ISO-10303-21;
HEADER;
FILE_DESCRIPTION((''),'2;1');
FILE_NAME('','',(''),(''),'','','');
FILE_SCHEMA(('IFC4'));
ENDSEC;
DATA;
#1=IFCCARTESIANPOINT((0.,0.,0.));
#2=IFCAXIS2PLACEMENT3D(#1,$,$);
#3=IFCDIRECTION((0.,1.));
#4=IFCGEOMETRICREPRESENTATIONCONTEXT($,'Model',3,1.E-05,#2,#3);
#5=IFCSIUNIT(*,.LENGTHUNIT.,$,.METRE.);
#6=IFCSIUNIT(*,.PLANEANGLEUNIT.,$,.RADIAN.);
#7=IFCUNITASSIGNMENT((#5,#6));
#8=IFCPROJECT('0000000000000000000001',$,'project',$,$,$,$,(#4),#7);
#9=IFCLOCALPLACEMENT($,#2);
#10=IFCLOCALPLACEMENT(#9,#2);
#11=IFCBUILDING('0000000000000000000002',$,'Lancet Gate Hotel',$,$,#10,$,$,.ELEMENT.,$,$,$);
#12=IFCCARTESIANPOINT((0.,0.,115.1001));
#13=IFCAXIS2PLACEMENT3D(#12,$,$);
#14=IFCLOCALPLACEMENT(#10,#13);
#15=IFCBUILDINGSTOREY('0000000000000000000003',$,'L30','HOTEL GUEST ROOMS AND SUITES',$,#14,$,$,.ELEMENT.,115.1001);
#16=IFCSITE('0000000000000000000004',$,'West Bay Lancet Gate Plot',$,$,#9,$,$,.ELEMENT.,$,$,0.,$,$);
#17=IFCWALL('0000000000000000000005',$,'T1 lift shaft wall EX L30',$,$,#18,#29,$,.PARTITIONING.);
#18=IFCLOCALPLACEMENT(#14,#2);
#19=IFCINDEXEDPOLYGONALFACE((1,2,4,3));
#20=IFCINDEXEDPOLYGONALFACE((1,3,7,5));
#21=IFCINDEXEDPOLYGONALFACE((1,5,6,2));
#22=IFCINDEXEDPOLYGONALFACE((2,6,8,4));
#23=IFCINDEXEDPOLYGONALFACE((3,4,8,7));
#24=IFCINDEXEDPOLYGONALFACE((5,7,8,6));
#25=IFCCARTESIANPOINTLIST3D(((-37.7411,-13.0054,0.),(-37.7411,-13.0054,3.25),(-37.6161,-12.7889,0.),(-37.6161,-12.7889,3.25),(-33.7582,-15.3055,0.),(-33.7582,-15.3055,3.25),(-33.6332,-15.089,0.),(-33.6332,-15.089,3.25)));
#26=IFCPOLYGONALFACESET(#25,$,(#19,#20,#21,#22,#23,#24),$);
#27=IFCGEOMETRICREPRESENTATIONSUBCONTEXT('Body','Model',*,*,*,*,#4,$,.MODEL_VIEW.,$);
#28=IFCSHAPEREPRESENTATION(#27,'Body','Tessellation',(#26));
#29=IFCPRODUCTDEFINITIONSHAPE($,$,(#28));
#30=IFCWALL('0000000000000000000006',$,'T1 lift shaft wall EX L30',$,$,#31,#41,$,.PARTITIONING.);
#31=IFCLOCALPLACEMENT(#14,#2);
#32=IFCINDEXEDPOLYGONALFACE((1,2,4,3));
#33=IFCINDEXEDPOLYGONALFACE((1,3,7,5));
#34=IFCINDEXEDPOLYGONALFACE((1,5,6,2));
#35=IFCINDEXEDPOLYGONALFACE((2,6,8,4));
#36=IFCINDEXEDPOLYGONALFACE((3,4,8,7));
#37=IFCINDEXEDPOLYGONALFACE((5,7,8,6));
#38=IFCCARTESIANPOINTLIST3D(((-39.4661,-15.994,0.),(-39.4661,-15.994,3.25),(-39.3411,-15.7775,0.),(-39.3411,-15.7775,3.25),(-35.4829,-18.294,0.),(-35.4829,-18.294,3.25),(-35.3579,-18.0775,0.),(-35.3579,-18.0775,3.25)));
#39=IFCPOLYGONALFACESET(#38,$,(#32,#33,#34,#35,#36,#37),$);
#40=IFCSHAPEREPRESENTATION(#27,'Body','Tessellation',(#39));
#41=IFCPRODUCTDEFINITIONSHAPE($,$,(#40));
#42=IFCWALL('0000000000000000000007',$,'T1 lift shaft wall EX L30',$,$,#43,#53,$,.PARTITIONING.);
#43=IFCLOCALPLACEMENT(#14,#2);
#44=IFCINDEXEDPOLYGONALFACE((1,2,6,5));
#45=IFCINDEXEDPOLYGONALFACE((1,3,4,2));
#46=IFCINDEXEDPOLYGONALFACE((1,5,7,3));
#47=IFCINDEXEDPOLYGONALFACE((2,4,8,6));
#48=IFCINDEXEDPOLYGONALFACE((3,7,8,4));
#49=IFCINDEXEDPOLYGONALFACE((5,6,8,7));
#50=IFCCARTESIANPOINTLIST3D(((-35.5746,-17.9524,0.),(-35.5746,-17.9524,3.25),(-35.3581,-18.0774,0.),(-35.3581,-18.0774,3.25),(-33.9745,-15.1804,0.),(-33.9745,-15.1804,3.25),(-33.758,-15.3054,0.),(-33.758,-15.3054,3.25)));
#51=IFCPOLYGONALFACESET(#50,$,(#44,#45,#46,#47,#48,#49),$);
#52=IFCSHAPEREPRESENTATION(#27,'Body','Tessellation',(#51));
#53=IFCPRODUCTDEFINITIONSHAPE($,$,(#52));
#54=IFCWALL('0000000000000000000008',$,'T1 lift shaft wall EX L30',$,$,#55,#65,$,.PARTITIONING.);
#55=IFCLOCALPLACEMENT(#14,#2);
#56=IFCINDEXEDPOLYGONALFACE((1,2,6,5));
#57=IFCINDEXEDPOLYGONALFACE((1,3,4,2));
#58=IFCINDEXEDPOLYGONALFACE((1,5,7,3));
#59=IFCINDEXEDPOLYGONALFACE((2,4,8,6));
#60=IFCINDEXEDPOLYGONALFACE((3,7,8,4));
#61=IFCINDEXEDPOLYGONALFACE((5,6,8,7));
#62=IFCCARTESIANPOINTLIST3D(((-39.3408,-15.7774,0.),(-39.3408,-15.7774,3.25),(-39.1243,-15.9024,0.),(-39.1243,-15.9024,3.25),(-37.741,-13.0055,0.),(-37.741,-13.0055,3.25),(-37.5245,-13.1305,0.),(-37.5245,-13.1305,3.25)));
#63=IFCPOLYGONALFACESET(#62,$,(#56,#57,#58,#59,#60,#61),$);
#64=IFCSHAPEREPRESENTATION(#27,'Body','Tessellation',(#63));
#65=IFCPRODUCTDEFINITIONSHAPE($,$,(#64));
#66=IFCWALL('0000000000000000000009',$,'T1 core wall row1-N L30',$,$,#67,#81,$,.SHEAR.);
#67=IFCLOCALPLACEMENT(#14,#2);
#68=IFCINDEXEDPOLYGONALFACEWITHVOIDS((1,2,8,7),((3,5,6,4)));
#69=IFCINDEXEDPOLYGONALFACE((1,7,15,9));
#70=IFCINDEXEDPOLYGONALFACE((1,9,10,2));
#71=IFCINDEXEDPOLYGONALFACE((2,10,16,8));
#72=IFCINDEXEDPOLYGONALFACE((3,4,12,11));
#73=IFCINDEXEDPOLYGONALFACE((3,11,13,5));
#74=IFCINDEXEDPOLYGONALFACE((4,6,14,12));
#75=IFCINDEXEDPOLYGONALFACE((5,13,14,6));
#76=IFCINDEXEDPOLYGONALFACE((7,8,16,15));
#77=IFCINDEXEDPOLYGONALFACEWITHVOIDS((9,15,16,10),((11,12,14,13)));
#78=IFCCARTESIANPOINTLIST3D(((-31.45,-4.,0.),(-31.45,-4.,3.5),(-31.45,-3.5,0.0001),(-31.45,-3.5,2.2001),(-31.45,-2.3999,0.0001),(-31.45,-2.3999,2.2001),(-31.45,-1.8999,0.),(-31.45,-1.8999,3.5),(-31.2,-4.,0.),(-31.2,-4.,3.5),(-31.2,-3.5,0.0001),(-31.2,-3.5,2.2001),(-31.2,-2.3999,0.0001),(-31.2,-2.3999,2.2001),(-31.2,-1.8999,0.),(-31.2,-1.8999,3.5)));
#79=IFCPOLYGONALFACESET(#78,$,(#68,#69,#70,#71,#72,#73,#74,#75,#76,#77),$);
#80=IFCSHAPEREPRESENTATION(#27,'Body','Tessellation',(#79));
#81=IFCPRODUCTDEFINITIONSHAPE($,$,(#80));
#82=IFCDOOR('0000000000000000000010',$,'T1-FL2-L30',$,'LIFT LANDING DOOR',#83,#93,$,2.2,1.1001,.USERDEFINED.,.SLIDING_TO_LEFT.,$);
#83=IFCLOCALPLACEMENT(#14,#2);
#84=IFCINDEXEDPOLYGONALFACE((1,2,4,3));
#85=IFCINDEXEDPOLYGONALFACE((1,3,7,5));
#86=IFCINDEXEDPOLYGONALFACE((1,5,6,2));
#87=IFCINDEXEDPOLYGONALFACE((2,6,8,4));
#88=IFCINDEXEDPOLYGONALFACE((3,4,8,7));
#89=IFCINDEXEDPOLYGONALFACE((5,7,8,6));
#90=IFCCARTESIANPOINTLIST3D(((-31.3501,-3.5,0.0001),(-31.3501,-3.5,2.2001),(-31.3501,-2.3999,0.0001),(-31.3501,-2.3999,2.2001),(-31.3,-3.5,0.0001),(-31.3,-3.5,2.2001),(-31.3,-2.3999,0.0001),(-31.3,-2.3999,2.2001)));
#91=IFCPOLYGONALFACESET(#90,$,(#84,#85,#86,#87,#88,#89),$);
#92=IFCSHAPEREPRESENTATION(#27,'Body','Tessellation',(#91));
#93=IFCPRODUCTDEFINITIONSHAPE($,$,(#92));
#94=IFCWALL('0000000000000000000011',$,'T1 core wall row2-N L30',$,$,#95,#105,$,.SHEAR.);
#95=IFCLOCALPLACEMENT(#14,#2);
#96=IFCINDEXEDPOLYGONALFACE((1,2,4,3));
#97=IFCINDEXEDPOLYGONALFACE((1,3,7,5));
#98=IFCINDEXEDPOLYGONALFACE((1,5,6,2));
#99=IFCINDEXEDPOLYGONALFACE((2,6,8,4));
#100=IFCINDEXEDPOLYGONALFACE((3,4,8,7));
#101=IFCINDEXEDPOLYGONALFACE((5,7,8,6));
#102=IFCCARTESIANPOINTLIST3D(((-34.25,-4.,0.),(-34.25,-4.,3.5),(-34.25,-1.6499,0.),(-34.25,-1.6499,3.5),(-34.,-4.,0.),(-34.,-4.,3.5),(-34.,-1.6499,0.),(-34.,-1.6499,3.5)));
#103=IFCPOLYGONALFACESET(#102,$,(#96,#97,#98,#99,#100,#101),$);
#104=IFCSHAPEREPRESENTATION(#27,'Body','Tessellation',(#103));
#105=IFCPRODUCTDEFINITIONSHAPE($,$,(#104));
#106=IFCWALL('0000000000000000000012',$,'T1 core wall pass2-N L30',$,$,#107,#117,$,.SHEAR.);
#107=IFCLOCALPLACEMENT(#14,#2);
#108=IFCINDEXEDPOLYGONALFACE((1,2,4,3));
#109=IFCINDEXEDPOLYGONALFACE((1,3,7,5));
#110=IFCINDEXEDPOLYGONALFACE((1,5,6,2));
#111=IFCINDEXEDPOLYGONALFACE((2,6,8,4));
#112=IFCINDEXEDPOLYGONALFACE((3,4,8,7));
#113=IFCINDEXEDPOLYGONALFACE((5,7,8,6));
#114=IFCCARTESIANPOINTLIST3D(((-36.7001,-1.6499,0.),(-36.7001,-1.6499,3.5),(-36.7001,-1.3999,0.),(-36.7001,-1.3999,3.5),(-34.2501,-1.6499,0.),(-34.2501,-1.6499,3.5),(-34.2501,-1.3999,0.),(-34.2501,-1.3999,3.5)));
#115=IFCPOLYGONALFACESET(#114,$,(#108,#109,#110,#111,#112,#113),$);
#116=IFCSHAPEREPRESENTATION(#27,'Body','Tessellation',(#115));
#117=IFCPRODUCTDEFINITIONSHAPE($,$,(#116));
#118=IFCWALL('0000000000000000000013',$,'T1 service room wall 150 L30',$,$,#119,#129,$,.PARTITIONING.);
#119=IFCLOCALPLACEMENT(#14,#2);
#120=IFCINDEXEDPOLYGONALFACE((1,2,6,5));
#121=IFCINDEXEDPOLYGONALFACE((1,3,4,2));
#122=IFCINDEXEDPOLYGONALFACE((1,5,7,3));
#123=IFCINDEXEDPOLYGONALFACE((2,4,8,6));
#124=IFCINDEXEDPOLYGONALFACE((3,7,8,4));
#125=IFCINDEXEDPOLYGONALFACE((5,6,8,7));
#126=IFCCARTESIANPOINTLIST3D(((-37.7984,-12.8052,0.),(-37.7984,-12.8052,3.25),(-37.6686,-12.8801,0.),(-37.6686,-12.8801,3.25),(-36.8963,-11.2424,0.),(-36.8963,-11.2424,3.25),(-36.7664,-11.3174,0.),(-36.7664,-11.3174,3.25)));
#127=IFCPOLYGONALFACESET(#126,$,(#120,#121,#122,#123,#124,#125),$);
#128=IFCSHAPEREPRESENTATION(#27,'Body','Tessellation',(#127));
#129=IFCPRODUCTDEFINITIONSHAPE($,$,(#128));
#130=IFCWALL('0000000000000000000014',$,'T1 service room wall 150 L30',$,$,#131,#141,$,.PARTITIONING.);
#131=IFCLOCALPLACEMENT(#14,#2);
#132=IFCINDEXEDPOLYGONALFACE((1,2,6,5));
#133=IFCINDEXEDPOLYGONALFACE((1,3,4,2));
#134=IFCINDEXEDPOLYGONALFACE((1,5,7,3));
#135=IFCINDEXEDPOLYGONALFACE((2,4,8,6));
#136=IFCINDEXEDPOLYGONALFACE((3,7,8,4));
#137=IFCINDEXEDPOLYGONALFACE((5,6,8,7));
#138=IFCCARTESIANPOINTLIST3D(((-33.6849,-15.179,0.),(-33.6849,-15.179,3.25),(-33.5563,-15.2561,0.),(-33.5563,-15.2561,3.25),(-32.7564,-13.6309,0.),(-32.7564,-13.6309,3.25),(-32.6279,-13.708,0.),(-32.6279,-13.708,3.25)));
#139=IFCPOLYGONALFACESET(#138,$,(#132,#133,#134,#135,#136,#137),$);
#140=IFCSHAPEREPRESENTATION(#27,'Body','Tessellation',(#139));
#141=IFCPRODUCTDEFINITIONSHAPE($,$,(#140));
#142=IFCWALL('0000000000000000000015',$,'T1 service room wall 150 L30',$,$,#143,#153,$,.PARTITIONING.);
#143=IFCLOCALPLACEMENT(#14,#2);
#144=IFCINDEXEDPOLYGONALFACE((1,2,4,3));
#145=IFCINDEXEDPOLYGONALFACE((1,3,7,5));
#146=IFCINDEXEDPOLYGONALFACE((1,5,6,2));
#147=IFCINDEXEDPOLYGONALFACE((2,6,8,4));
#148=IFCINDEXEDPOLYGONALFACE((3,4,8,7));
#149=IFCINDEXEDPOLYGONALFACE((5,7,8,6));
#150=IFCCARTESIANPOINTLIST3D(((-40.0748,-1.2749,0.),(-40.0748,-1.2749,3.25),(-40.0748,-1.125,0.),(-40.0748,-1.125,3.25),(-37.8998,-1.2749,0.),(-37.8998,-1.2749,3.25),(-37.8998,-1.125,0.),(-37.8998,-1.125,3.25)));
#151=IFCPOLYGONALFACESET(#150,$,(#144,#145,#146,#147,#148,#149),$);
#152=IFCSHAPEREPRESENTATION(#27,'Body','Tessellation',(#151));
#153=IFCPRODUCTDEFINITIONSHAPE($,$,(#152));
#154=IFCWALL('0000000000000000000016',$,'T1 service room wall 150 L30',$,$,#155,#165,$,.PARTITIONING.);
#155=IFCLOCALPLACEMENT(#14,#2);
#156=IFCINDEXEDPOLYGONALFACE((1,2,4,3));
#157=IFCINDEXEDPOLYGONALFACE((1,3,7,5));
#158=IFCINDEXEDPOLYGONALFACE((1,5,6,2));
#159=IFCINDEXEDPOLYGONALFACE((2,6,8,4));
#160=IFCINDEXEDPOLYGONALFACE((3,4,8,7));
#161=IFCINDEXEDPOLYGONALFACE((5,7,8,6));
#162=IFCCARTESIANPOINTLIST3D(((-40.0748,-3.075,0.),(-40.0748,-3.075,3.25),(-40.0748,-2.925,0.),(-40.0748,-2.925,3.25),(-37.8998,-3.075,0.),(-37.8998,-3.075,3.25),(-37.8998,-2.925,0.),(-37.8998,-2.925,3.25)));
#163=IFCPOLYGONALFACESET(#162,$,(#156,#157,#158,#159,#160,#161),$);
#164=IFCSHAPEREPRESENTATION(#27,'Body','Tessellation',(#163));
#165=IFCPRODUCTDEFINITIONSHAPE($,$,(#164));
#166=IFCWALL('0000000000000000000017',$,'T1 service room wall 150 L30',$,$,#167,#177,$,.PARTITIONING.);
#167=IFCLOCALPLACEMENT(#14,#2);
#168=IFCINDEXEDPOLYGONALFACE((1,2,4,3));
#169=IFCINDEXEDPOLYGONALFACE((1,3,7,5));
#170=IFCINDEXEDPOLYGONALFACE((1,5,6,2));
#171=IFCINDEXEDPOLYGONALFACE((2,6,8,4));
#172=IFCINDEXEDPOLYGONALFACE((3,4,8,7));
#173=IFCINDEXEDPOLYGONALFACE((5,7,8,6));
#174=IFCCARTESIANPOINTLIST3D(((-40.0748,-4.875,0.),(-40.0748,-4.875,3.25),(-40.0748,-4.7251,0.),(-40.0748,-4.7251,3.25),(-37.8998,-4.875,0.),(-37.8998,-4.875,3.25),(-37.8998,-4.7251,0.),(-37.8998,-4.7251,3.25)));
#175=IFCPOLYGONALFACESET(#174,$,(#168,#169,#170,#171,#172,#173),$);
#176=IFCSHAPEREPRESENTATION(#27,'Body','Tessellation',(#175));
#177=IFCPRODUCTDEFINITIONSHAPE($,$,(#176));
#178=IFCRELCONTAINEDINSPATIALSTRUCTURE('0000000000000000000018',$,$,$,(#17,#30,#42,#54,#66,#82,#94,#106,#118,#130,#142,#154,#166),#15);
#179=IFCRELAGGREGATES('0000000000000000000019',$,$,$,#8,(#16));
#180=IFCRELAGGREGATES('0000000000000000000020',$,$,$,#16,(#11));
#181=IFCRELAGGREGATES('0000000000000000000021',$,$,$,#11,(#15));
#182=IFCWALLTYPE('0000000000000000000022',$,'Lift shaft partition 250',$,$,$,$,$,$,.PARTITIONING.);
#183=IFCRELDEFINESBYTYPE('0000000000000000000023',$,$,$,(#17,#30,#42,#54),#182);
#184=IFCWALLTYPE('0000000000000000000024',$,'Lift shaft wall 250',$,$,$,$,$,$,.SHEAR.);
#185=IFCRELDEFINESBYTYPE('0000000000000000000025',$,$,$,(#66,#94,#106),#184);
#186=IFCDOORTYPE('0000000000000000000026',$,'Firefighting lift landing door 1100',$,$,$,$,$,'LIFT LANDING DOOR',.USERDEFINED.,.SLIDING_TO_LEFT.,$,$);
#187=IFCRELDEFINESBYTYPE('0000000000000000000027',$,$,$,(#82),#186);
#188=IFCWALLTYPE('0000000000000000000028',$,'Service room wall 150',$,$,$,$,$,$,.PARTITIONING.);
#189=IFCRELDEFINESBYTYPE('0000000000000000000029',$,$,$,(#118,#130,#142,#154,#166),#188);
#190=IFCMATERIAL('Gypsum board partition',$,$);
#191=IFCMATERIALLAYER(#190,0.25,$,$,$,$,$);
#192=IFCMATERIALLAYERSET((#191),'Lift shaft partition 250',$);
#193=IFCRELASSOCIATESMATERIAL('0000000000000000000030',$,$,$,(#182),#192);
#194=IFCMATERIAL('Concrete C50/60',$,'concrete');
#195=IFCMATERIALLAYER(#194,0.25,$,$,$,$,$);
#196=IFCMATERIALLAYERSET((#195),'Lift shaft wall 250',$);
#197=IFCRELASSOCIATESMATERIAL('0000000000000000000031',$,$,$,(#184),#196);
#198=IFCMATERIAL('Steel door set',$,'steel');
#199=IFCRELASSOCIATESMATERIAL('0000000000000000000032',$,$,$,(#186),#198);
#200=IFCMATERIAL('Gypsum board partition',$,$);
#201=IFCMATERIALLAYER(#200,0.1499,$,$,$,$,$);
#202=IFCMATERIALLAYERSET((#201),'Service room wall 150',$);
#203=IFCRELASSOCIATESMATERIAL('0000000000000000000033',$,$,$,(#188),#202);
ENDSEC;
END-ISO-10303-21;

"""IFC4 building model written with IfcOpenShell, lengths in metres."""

from ifc_helpers import new_model, si_unit, direction, frame, frame_2d, origin, place, context, subcontext, project, spatial, rectangle, extrude, material, layer, layer_set, type_object, element, fill, save


model = new_model("IFC4")

# Units and contexts
model_context = context("Model", 3, precision=1e-05, world=origin(), true_north=direction((0.0, 1.0)))
body_context = subcontext(model_context, "Body", "Model", "MODEL_VIEW")
ifc_project = project(units=[si_unit("LENGTHUNIT", "METRE"), si_unit("PLANEANGLEUNIT", "RADIAN")], contexts=[model_context])

# Site, building, storey
site_placement = place(None, origin())
site = spatial("IfcSite", under=ifc_project, at=site_placement, Name="West Bay Lancet Gate Plot", CompositionType="ELEMENT", RefElevation=0.0)
building_placement = place(site_placement, origin())
building = spatial("IfcBuilding", under=site, at=building_placement, Name="Lancet Gate Hotel", CompositionType="ELEMENT")
storey_placement = place(building_placement, frame((0.0, 0.0, 115.1001)))
storey = spatial("IfcBuildingStorey", under=building, at=storey_placement, Name="L30", Description="HOTEL GUEST ROOMS AND SUITES", CompositionType="ELEMENT", Elevation=115.1001)

# Walls
ifc_material_1 = material(Name="Gypsum board partition")
ifc_layer_1 = layer(ifc_material_1, 0.25)
ifc_layer_set_1 = layer_set([ifc_layer_1], Name="Lift shaft partition 250")
wall_type_1 = type_object("IfcWallType", Name="Lift shaft partition 250", PredefinedType="PARTITIONING", material=ifc_layer_set_1)
wall_1_placement = place(storey_placement, frame((-33.6956, -15.1973, 0.0), z_axis=(0.0, 0.0, 1.0), x_axis=(-0.865977, 0.500084, 0.0)))
element("IfcWall", 1, at=wall_1_placement, inside=storey, type_object=wall_type_1, Name="T1 lift shaft wall EX L30", PredefinedType="PARTITIONING", context=body_context, shape_type="SweptSolid", body=[
    extrude(rectangle(XDim=4.5994, YDim=0.25, at=frame_2d((2.2998, 0.0))), origin(), (0.0, 0.0, 1.0), 3.25),
])
wall_2_placement = place(storey_placement, frame((-35.4204, -18.1858, 0.0), z_axis=(0.0, 0.0, 1.0), x_axis=(-0.86599, 0.500061, 0.0)))
element("IfcWall", 2, at=wall_2_placement, inside=storey, type_object=wall_type_1, Name="T1 lift shaft wall EX L30", PredefinedType="PARTITIONING", context=body_context, shape_type="SweptSolid", body=[
    extrude(rectangle(XDim=4.5996, YDim=0.25, at=frame_2d((2.2998, 0.0))), origin(), (0.0, 0.0, 1.0), 3.25),
])
wall_3_placement = place(storey_placement, frame((-33.8662, -15.2429, 0.0), z_axis=(0.0, 0.0, 1.0), x_axis=(-0.499929, -0.866066, 0.0)))
element("IfcWall", 3, at=wall_3_placement, inside=storey, type_object=wall_type_1, Name="T1 lift shaft wall EX L30", PredefinedType="PARTITIONING", context=body_context, shape_type="SweptSolid", body=[
    extrude(rectangle(XDim=3.2007, YDim=0.25, at=frame_2d((1.6003, 0.0))), origin(), (0.0, 0.0, 1.0), 3.25),
])
wall_4_placement = place(storey_placement, frame((-37.6328, -13.0681, 0.0), z_axis=(0.0, 0.0, 1.0), x_axis=(-0.499872, -0.866099, 0.0)))
element("IfcWall", 4, at=wall_4_placement, inside=storey, type_object=wall_type_1, Name="T1 lift shaft wall EX L30", PredefinedType="PARTITIONING", context=body_context, shape_type="SweptSolid", body=[
    extrude(rectangle(XDim=3.2004, YDim=0.25, at=frame_2d((1.6001, 0.0))), origin(), (0.0, 0.0, 1.0), 3.25),
])

# Wall, opening, door
ifc_material_2 = material(Name="Concrete C50/60", Category="concrete")
ifc_layer_2 = layer(ifc_material_2, 0.25)
ifc_layer_set_2 = layer_set([ifc_layer_2], Name="Lift shaft wall 250")
wall_type_2 = type_object("IfcWallType", Name="Lift shaft wall 250", PredefinedType="SHEAR", material=ifc_layer_set_2)
wall_5_placement = place(storey_placement, frame((-31.325, -1.8999, 0.0), z_axis=(0.0, 0.0, 1.0), x_axis=(0.0, -1.0, 0.0)))
wall_5 = element("IfcWall", 5, at=wall_5_placement, inside=storey, type_object=wall_type_2, Name="T1 core wall row1-N L30", PredefinedType="SHEAR", context=body_context, shape_type="SweptSolid", body=[
    extrude(rectangle(XDim=2.1001, YDim=0.25, at=frame_2d((1.05, 0.0))), origin(), (0.0, 0.0, 1.0), 3.5),
])
opening_1_placement = place(wall_5_placement, frame((0.5, 0.0, 0.0)))
opening_1 = element("IfcOpeningElement", 6, at=opening_1_placement, cuts=wall_5, PredefinedType="OPENING", context=body_context, shape_type="SweptSolid", body=[
    extrude(rectangle(XDim=1.1001, YDim=2.2, at=frame_2d((0.55, 1.1001))), frame((0.0, 0.135, 0.0), z_axis=(0.0, -1.0, 0.0), x_axis=(1.0, 0.0, 0.0)), (0.0, 0.0, 1.0), 0.27),
])
ifc_material_3 = material(Name="Steel door set", Category="steel")
door_type_1 = type_object("IfcDoorType", Name="Firefighting lift landing door 1100", ElementType="LIFT LANDING DOOR", OperationType="SLIDING_TO_LEFT", PredefinedType="USERDEFINED", material=ifc_material_3)
door_1_placement = place(opening_1_placement, origin())
door_1 = element("IfcDoor", 7, at=door_1_placement, inside=storey, type_object=door_type_1, Name="T1-FL2-L30", ObjectType="LIFT LANDING DOOR", OperationType="SLIDING_TO_LEFT", OverallHeight=2.2, OverallWidth=1.1001, PredefinedType="USERDEFINED", context=body_context, shape_type="SweptSolid", body=[
    extrude(rectangle(XDim=1.1001, YDim=2.2, at=frame_2d((0.55, 1.1001))), frame((0.0, 0.0249, 0.0), z_axis=(0.0, -1.0, 0.0), x_axis=(1.0, 0.0, 0.0)), (0.0, 0.0, 1.0), 0.05),
])
fill(opening_1, door_1)

# Walls
wall_6_placement = place(storey_placement, frame((-34.125, -1.6499, 0.0), z_axis=(0.0, 0.0, 1.0), x_axis=(0.0, -1.0, 0.0)))
element("IfcWall", 8, at=wall_6_placement, inside=storey, type_object=wall_type_2, Name="T1 core wall row2-N L30", PredefinedType="SHEAR", context=body_context, shape_type="SweptSolid", body=[
    extrude(rectangle(XDim=2.3501, YDim=0.25, at=frame_2d((1.175, 0.0))), origin(), (0.0, 0.0, 1.0), 3.5),
])
wall_7_placement = place(storey_placement, frame((-34.25, -1.5249, 0.0), z_axis=(0.0, 0.0, 1.0), x_axis=(-1.0, 0.0, 0.0)))
element("IfcWall", 9, at=wall_7_placement, inside=storey, type_object=wall_type_2, Name="T1 core wall pass2-N L30", PredefinedType="SHEAR", context=body_context, shape_type="SweptSolid", body=[
    extrude(rectangle(XDim=2.45, YDim=0.25, at=frame_2d((1.2251, 0.0))), origin(), (0.0, 0.0, 1.0), 3.5),
])
ifc_material_4 = material(Name="Gypsum board partition")
ifc_layer_3 = layer(ifc_material_4, 0.1499)
ifc_layer_set_3 = layer_set([ifc_layer_3], Name="Service room wall 150")
wall_type_3 = type_object("IfcWallType", Name="Service room wall 150", PredefinedType="PARTITIONING", material=ifc_layer_set_3)
wall_8_placement = place(storey_placement, frame((-36.8313, -11.2798, 0.0), z_axis=(0.0, 0.0, 1.0), x_axis=(-0.499937, -0.866062, 0.0)))
element("IfcWall", 10, at=wall_8_placement, inside=storey, type_object=wall_type_3, Name="T1 service room wall 150 L30", PredefinedType="PARTITIONING", context=body_context, shape_type="SweptSolid", body=[
    extrude(rectangle(XDim=1.8044, YDim=0.1499, at=frame_2d((0.9023, 0.0))), origin(), (0.0, 0.0, 1.0), 3.25),
])
wall_9_placement = place(storey_placement, frame((-33.6206, -15.2175, 0.0), z_axis=(0.0, 0.0, 1.0), x_axis=(0.514337, 0.857588, 0.0)))
element("IfcWall", 11, at=wall_9_placement, inside=storey, type_object=wall_type_3, Name="T1 service room wall 150 L30", PredefinedType="PARTITIONING", context=body_context, shape_type="SweptSolid", body=[
    extrude(rectangle(XDim=1.8052, YDim=0.1499, at=frame_2d((0.9026, 0.0))), origin(), (0.0, 0.0, 1.0), 3.25),
])
for number, where, z_axis, x_axis, name in (
    (12, (-37.8999, -1.2, 0.0), (0.0, 0.0, 1.0), (-1.0, 0.0, 0.0), "T1 service room wall 150 L30"),
    (13, (-37.8999, -3.0, 0.0), (0.0, 0.0, 1.0), (-1.0, 0.0, 0.0), "T1 service room wall 150 L30"),
    (14, (-37.8999, -4.8, 0.0), (0.0, 0.0, 1.0), (-1.0, 0.0, 0.0), "T1 service room wall 150 L30"),
):
    element("IfcWall", number, at=place(storey_placement, frame(where, z_axis=z_axis, x_axis=x_axis)), inside=storey, type_object=wall_type_3, Name=name, PredefinedType="PARTITIONING", context=body_context, shape_type="SweptSolid", body=[
        extrude(rectangle(XDim=2.175, YDim=0.1499, at=frame_2d((1.0874, 0.0))), origin(), (0.0, 0.0, 1.0), 3.25),
    ])

save(model, "model.ifc")
